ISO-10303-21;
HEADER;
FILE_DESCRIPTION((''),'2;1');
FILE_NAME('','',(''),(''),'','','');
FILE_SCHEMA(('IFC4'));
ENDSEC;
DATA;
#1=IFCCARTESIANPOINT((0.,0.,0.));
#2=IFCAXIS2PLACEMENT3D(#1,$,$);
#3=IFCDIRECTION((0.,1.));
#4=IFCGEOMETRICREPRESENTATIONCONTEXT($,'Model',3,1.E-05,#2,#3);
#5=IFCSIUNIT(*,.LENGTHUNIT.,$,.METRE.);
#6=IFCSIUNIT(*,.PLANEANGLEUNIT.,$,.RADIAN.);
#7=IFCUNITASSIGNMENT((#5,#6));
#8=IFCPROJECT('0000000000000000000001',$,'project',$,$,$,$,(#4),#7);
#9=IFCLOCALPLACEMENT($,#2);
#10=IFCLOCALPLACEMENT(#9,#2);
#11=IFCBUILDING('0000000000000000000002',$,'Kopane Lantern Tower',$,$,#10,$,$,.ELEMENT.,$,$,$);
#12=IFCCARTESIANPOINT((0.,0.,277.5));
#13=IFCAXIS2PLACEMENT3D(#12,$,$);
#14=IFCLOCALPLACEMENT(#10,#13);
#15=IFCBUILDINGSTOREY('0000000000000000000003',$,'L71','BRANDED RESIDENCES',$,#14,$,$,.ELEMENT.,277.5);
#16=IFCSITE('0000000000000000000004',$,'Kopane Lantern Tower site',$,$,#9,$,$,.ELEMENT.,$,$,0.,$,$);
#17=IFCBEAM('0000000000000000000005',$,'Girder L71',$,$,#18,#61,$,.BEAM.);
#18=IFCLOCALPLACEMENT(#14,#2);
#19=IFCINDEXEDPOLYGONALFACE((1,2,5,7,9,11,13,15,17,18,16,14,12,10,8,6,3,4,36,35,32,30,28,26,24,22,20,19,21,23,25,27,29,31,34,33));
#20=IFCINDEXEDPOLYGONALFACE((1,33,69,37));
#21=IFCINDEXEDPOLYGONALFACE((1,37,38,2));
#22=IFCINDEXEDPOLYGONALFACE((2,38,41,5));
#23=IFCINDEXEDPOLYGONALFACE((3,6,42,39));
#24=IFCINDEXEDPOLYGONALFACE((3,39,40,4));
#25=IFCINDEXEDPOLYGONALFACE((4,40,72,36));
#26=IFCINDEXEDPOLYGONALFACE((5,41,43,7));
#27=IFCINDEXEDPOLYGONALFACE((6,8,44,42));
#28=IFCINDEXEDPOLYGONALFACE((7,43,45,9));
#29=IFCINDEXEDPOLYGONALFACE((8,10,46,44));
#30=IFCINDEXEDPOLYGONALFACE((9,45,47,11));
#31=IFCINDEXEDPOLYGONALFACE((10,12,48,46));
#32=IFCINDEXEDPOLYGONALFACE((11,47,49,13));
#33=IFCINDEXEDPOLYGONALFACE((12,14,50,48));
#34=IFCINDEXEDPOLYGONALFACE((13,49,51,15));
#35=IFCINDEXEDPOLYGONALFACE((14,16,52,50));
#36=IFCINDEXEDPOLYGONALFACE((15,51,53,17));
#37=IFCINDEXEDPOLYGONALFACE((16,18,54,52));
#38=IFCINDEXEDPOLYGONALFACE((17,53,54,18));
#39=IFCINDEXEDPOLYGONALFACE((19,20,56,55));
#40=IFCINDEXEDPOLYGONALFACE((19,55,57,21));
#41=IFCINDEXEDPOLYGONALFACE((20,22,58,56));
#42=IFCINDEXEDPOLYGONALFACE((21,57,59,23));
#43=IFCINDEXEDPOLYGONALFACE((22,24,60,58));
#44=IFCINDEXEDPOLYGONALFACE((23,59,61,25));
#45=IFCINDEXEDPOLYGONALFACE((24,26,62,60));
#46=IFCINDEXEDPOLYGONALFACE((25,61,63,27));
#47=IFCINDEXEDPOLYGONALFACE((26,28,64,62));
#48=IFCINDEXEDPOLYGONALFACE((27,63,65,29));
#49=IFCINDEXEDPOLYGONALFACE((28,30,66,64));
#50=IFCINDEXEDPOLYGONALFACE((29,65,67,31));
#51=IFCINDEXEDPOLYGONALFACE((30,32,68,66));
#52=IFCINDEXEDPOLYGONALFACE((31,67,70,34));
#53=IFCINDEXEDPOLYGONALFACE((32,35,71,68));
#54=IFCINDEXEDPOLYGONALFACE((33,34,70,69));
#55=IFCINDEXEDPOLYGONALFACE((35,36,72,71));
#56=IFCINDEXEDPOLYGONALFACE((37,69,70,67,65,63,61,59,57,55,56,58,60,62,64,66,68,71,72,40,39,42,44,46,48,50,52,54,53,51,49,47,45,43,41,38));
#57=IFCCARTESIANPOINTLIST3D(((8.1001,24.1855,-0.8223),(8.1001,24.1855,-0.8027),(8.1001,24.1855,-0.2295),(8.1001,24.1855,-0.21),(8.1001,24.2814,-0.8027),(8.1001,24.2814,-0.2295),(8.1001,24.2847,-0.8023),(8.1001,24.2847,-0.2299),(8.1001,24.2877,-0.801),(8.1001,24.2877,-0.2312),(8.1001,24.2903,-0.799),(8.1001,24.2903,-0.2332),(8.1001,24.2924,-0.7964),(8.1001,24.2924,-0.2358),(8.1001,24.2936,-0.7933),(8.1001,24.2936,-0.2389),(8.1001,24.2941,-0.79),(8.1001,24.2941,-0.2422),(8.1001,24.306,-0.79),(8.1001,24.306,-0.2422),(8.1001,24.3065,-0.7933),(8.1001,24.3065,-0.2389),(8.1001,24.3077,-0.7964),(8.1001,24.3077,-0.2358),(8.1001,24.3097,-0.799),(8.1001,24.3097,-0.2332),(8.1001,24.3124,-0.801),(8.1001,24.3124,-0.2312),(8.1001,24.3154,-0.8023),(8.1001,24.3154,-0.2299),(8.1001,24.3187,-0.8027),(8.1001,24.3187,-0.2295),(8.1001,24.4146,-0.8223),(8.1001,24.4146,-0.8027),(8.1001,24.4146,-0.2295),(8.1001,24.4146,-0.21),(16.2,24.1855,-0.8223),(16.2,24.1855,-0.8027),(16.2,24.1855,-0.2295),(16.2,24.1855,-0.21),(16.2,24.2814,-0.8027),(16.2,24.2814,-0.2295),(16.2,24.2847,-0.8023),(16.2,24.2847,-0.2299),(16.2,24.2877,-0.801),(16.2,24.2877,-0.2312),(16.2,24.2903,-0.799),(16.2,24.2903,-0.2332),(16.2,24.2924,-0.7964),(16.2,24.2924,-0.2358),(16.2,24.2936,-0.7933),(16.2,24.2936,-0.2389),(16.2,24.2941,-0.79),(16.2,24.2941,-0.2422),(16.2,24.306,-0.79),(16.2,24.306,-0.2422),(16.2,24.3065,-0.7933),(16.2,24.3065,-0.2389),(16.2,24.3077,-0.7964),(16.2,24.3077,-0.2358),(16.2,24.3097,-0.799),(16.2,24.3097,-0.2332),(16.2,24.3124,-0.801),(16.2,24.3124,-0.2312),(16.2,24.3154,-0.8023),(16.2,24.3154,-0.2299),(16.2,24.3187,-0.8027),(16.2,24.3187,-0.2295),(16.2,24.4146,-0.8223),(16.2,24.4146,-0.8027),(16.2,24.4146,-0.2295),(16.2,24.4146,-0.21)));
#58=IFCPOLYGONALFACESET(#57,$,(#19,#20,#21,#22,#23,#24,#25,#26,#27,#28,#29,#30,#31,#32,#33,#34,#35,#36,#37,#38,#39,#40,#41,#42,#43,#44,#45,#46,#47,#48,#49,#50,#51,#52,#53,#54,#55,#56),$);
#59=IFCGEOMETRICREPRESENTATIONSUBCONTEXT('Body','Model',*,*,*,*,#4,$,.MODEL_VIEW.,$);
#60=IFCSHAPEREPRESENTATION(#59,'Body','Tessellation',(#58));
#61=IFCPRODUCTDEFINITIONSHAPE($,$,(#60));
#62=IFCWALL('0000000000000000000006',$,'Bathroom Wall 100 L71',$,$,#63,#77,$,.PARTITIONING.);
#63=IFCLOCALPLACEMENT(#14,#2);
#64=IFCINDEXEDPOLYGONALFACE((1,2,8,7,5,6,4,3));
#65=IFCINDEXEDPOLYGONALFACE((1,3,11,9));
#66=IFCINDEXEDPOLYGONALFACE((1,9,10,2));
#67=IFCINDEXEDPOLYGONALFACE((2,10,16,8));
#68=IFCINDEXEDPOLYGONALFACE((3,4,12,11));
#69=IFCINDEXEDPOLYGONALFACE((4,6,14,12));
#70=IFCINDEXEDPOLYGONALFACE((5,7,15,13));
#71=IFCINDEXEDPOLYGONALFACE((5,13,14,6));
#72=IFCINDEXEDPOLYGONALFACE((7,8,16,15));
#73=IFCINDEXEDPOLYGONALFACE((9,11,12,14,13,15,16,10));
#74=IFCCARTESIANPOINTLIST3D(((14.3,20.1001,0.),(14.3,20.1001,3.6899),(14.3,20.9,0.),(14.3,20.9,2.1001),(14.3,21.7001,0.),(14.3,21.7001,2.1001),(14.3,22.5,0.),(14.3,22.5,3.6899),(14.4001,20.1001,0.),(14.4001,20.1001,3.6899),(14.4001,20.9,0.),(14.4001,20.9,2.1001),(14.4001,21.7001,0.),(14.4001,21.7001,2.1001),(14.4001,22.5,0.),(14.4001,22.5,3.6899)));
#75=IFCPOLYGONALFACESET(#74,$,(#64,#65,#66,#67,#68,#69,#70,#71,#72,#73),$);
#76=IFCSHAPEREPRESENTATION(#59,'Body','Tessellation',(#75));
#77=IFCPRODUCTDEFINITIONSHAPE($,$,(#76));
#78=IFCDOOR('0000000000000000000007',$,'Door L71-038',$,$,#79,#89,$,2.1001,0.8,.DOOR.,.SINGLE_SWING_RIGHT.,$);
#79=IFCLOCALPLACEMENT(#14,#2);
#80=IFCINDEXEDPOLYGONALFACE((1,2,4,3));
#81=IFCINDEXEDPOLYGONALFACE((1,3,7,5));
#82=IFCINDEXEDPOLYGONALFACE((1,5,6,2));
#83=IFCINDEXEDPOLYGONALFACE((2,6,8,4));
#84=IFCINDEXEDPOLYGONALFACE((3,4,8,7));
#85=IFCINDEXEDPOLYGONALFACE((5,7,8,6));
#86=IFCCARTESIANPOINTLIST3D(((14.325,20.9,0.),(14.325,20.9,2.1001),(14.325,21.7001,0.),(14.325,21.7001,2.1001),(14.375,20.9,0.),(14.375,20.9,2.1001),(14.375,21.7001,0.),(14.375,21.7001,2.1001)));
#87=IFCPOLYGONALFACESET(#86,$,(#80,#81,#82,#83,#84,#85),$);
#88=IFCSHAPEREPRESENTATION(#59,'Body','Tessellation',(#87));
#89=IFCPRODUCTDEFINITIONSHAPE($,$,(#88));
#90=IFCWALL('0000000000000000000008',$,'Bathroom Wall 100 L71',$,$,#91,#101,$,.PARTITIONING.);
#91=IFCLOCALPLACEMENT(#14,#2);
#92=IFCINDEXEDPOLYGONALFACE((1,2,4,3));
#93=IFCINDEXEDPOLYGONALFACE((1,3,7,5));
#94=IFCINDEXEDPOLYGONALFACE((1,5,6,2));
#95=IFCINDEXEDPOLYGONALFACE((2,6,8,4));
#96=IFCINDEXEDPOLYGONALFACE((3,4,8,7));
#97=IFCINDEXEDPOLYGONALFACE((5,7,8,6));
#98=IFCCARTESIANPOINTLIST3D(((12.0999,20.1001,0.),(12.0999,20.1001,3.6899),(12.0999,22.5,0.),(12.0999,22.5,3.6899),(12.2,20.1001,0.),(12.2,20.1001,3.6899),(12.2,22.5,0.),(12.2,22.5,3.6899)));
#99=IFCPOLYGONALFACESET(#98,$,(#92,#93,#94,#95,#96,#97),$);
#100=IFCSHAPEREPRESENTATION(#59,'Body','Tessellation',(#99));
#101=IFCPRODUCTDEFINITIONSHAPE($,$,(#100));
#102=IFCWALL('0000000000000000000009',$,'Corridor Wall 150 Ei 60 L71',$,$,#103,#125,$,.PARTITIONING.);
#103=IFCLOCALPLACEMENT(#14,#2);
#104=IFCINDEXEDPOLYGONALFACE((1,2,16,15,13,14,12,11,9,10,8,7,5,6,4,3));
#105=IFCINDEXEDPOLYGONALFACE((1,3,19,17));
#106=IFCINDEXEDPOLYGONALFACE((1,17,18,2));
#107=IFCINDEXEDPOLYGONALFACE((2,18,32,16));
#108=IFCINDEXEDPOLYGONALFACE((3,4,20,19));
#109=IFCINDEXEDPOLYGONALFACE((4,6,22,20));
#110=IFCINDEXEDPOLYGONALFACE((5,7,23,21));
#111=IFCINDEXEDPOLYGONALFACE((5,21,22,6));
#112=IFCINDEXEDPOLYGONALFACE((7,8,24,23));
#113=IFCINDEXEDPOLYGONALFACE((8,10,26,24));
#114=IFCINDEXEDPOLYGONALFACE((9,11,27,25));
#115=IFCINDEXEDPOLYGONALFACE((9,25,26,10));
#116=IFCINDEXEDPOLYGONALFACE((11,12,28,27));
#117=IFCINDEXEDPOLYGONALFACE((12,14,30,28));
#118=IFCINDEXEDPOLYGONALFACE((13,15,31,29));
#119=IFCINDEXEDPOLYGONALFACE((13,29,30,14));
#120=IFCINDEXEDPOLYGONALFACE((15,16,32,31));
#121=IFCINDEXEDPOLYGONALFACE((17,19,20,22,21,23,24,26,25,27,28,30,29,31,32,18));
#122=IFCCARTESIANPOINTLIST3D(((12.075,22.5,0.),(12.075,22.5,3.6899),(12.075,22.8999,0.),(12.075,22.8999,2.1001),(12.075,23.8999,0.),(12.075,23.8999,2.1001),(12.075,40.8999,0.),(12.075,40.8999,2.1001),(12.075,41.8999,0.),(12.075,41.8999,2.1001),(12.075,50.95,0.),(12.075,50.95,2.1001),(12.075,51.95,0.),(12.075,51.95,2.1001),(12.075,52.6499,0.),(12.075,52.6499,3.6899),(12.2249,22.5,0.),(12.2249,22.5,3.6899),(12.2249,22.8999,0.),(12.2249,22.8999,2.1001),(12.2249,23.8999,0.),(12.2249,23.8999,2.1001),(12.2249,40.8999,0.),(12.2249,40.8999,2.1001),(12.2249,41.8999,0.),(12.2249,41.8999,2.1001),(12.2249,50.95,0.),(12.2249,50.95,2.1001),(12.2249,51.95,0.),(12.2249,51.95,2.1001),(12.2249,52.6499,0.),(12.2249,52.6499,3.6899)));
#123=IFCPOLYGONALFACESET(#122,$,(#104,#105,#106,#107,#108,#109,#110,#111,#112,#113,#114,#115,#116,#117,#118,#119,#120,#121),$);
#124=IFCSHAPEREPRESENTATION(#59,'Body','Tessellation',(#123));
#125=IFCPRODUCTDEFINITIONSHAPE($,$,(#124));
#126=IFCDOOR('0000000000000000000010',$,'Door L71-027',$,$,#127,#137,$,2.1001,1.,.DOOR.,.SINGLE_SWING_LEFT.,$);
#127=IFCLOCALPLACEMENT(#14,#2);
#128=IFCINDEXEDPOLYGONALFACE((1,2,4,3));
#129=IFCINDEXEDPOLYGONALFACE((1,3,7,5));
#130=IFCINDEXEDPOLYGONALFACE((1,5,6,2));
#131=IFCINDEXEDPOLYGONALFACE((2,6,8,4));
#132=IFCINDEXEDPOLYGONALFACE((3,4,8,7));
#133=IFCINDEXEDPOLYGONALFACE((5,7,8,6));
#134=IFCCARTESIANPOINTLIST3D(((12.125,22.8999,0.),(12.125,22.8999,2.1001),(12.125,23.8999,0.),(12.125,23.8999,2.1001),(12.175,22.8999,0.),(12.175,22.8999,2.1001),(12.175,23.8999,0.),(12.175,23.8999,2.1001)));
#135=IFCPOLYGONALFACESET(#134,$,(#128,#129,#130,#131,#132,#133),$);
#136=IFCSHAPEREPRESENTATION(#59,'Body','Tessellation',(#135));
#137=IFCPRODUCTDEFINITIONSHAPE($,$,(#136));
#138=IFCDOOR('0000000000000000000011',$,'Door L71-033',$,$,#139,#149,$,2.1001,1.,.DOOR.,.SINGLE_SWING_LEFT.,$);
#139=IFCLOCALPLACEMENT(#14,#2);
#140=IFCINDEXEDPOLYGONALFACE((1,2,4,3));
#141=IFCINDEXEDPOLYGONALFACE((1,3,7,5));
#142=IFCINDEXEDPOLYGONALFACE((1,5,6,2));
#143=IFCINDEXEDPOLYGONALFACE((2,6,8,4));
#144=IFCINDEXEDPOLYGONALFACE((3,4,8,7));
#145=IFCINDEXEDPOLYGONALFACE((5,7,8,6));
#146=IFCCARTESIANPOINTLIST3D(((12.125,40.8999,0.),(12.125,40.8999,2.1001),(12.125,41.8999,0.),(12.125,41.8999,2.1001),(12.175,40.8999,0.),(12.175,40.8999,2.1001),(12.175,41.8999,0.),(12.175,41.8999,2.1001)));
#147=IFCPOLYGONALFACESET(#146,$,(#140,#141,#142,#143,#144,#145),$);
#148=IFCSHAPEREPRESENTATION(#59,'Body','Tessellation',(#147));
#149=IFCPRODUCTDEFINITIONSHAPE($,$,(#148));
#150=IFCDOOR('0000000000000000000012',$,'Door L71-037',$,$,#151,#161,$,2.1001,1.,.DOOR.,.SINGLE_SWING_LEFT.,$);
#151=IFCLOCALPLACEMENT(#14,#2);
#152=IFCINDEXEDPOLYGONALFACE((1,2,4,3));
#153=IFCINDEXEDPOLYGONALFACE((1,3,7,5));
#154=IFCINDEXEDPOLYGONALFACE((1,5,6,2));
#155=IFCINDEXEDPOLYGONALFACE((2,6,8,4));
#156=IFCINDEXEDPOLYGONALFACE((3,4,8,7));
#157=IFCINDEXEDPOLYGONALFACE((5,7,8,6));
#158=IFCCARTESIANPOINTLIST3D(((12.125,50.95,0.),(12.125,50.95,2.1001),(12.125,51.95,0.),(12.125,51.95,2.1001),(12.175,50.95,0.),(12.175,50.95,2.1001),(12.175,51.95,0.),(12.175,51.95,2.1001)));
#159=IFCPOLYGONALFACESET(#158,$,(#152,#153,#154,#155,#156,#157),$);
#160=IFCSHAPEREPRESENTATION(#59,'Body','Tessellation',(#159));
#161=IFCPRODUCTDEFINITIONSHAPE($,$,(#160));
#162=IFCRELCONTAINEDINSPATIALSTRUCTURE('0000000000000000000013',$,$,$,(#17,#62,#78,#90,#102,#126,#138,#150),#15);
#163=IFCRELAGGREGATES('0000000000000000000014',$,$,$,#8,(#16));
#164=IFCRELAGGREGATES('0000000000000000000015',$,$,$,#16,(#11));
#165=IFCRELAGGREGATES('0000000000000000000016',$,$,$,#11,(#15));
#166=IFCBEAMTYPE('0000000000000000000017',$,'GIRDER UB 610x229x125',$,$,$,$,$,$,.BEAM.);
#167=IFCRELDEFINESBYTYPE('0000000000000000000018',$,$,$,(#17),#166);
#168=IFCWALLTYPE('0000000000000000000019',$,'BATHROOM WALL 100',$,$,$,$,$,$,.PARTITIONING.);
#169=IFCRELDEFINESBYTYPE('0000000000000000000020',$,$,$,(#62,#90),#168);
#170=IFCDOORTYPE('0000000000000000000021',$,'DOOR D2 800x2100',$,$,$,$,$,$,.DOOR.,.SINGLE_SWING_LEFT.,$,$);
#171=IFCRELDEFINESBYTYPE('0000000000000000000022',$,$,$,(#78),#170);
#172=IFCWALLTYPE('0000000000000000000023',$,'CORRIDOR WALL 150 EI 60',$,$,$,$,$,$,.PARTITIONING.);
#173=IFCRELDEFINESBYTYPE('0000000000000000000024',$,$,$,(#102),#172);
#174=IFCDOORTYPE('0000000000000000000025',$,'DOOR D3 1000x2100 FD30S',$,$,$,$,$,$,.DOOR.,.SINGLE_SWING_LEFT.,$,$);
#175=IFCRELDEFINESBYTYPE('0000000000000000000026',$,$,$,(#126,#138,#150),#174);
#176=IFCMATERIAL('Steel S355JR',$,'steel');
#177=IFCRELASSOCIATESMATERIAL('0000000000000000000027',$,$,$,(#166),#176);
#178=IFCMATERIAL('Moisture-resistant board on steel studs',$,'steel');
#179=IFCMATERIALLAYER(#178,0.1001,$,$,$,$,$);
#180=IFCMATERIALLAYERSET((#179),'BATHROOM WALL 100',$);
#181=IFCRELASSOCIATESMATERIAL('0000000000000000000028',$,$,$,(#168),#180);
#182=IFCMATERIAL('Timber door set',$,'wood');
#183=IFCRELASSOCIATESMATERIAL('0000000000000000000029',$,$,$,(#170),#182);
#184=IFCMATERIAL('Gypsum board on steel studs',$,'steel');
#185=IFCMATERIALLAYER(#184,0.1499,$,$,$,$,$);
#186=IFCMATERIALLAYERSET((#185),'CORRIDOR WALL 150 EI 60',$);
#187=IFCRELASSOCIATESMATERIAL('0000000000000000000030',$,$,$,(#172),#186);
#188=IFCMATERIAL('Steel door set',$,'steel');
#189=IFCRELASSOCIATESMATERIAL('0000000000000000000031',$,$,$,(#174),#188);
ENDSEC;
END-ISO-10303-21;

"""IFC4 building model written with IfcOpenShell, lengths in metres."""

from ifc_helpers import new_model, si_unit, direction, frame, frame_2d, origin, origin_2d, place, context, subcontext, project, spatial, rectangle, i_section, extrude, material, layer, layer_set, material_profile, profile_set, type_object, element, fill, save


model = new_model("IFC4")

# Units and contexts
model_context = context("Model", 3, precision=1e-05, world=origin(), true_north=direction((0.0, 1.0)))
body_context = subcontext(model_context, "Body", "Model", "MODEL_VIEW")
ifc_project = project(units=[si_unit("LENGTHUNIT", "METRE"), si_unit("PLANEANGLEUNIT", "RADIAN")], contexts=[model_context])

# Site, building, storey
site_placement = place(None, origin())
site = spatial("IfcSite", under=ifc_project, at=site_placement, Name="Kopane Lantern Tower site", CompositionType="ELEMENT", RefElevation=0.0)
building_placement = place(site_placement, origin())
building = spatial("IfcBuilding", under=site, at=building_placement, Name="Kopane Lantern Tower", CompositionType="ELEMENT")
storey_placement = place(building_placement, frame((0.0, 0.0, 277.5)))
storey = spatial("IfcBuildingStorey", under=building, at=storey_placement, Name="L71", Description="BRANDED RESIDENCES", CompositionType="ELEMENT", Elevation=277.5)

# Beam
ifc_material_1 = material(Name="Steel S355JR", Category="steel")
ifc_material_profile = material_profile(ifc_material_1, i_section(OverallWidth=0.229, OverallDepth=0.6123, WebThickness=0.012, FlangeThickness=0.0195, FilletRadius=0.0127, at=origin_2d()), Name="UB 610x229x125")
ifc_profile_set = profile_set([ifc_material_profile], Name="Steel S355JR")
beam_type = type_object("IfcBeamType", Name="GIRDER UB 610x229x125", PredefinedType="BEAM", material=ifc_profile_set)
beam_placement = place(storey_placement, frame((8.1001, 24.3, -0.5161), z_axis=(1.0, 0.0, 0.0), x_axis=(0.0, 1.0, 0.0)))
element("IfcBeam", 1, at=beam_placement, inside=storey, type_object=beam_type, Name="Girder L71", PredefinedType="BEAM", context=body_context, shape_type="SweptSolid", body=[
    extrude(i_section(OverallWidth=0.229, OverallDepth=0.6123, WebThickness=0.012, FlangeThickness=0.0195, FilletRadius=0.0127, at=origin_2d()), origin(), (0.0, 0.0, 1.0), 8.0999),
])

# Wall, opening, door
ifc_material_2 = material(Name="Moisture-resistant board on steel studs", Category="steel")
ifc_layer_1 = layer(ifc_material_2, 0.1001)
ifc_layer_set_1 = layer_set([ifc_layer_1], Name="BATHROOM WALL 100")
wall_type_1 = type_object("IfcWallType", Name="BATHROOM WALL 100", PredefinedType="PARTITIONING", material=ifc_layer_set_1)
wall_1_placement = place(storey_placement, frame((14.3501, 22.5, 0.0), z_axis=(0.0, 0.0, 1.0), x_axis=(0.0, -1.0, 0.0)))
wall_1 = element("IfcWall", 2, at=wall_1_placement, inside=storey, type_object=wall_type_1, Name="Bathroom Wall 100 L71", PredefinedType="PARTITIONING", context=body_context, shape_type="SweptSolid", body=[
    extrude(rectangle(XDim=2.3999, YDim=0.1001, at=frame_2d((1.2, 0.0))), origin(), (0.0, 0.0, 1.0), 3.6899),
])
opening_1_placement = place(wall_1_placement, frame((0.8, 0.0, 0.0)))
opening_1 = element("IfcOpeningElement", 3, at=opening_1_placement, cuts=wall_1, PredefinedType="OPENING", context=body_context, shape_type="SweptSolid", body=[
    extrude(rectangle(XDim=0.8, YDim=2.1001, at=frame_2d((0.3999, 1.05))), frame((0.0, 0.0601, 0.0), z_axis=(0.0, -1.0, 0.0), x_axis=(1.0, 0.0, 0.0)), (0.0, 0.0, 1.0), 0.1201),
])
ifc_material_3 = material(Name="Timber door set", Category="wood")
door_type_1 = type_object("IfcDoorType", Name="DOOR D2 800x2100", OperationType="SINGLE_SWING_LEFT", PredefinedType="DOOR", material=ifc_material_3)
door_1_placement = place(opening_1_placement, origin())
door_1 = element("IfcDoor", 4, at=door_1_placement, inside=storey, type_object=door_type_1, Name="Door L71-038", OperationType="SINGLE_SWING_RIGHT", OverallHeight=2.1001, OverallWidth=0.8, PredefinedType="DOOR", context=body_context, shape_type="SweptSolid", body=[
    extrude(rectangle(XDim=0.8, YDim=2.1001, at=frame_2d((0.3999, 1.05))), frame((0.0, 0.0249, 0.0), z_axis=(0.0, -1.0, 0.0), x_axis=(1.0, 0.0, 0.0)), (0.0, 0.0, 1.0), 0.05),
])
fill(opening_1, door_1)

# Wall
wall_2_placement = place(storey_placement, frame((12.1499, 22.5, 0.0), z_axis=(0.0, 0.0, 1.0), x_axis=(0.0, -1.0, 0.0)))
element("IfcWall", 5, at=wall_2_placement, inside=storey, type_object=wall_type_1, Name="Bathroom Wall 100 L71", PredefinedType="PARTITIONING", context=body_context, shape_type="SweptSolid", body=[
    extrude(rectangle(XDim=2.3999, YDim=0.1001, at=frame_2d((1.2, 0.0))), origin(), (0.0, 0.0, 1.0), 3.6899),
])

# Wall, openings, doors
ifc_material_4 = material(Name="Gypsum board on steel studs", Category="steel")
ifc_layer_2 = layer(ifc_material_4, 0.1499)
ifc_layer_set_2 = layer_set([ifc_layer_2], Name="CORRIDOR WALL 150 EI 60")
wall_type_2 = type_object("IfcWallType", Name="CORRIDOR WALL 150 EI 60", PredefinedType="PARTITIONING", material=ifc_layer_set_2)
wall_3_placement = place(storey_placement, frame((12.1499, 22.5, 0.0), z_axis=(0.0, 0.0, 1.0), x_axis=(0.0, 1.0, 0.0)))
wall_3 = element("IfcWall", 6, at=wall_3_placement, inside=storey, type_object=wall_type_2, Name="Corridor Wall 150 Ei 60 L71", PredefinedType="PARTITIONING", context=body_context, shape_type="SweptSolid", body=[
    extrude(rectangle(XDim=30.1499, YDim=0.1499, at=frame_2d((15.075, 0.0))), origin(), (0.0, 0.0, 1.0), 3.6899),
])
opening_2_placement = place(wall_3_placement, frame((0.3999, 0.0, 0.0)))
opening_2 = element("IfcOpeningElement", 7, at=opening_2_placement, cuts=wall_3, PredefinedType="OPENING", context=body_context, shape_type="SweptSolid", body=[
    extrude(rectangle(XDim=1.0, YDim=2.1001, at=frame_2d((0.5, 1.05))), frame((0.0, 0.085, 0.0), z_axis=(0.0, -1.0, 0.0), x_axis=(1.0, 0.0, 0.0)), (0.0, 0.0, 1.0), 0.1699),
])
opening_3_placement = place(wall_3_placement, frame((18.3999, 0.0, 0.0)))
opening_3 = element("IfcOpeningElement", 8, at=opening_3_placement, cuts=wall_3, PredefinedType="OPENING", context=body_context, shape_type="SweptSolid", body=[
    extrude(rectangle(XDim=1.0, YDim=2.1001, at=frame_2d((0.5, 1.05))), frame((0.0, 0.085, 0.0), z_axis=(0.0, -1.0, 0.0), x_axis=(1.0, 0.0, 0.0)), (0.0, 0.0, 1.0), 0.1699),
])
opening_4_placement = place(wall_3_placement, frame((28.45, 0.0, 0.0)))
opening_4 = element("IfcOpeningElement", 9, at=opening_4_placement, cuts=wall_3, PredefinedType="OPENING", context=body_context, shape_type="SweptSolid", body=[
    extrude(rectangle(XDim=1.0, YDim=2.1001, at=frame_2d((0.5, 1.05))), frame((0.0, 0.085, 0.0), z_axis=(0.0, -1.0, 0.0), x_axis=(1.0, 0.0, 0.0)), (0.0, 0.0, 1.0), 0.1699),
])
ifc_material_5 = material(Name="Steel door set", Category="steel")
door_type_2 = type_object("IfcDoorType", Name="DOOR D3 1000x2100 FD30S", OperationType="SINGLE_SWING_LEFT", PredefinedType="DOOR", material=ifc_material_5)
door_2_placement = place(opening_2_placement, origin())
door_2 = element("IfcDoor", 10, at=door_2_placement, inside=storey, type_object=door_type_2, Name="Door L71-027", OperationType="SINGLE_SWING_LEFT", OverallHeight=2.1001, OverallWidth=1.0, PredefinedType="DOOR", context=body_context, shape_type="SweptSolid", body=[
    extrude(rectangle(XDim=1.0, YDim=2.1001, at=frame_2d((0.5, 1.05))), frame((0.0, 0.0249, 0.0), z_axis=(0.0, -1.0, 0.0), x_axis=(1.0, 0.0, 0.0)), (0.0, 0.0, 1.0), 0.05),
])
fill(opening_2, door_2)
door_3_placement = place(opening_3_placement, origin())
door_3 = element("IfcDoor", 11, at=door_3_placement, inside=storey, type_object=door_type_2, Name="Door L71-033", OperationType="SINGLE_SWING_LEFT", OverallHeight=2.1001, OverallWidth=1.0, PredefinedType="DOOR", context=body_context, shape_type="SweptSolid", body=[
    extrude(rectangle(XDim=1.0, YDim=2.1001, at=frame_2d((0.5, 1.05))), frame((0.0, 0.0249, 0.0), z_axis=(0.0, -1.0, 0.0), x_axis=(1.0, 0.0, 0.0)), (0.0, 0.0, 1.0), 0.05),
])
fill(opening_3, door_3)
door_4_placement = place(opening_4_placement, origin())
door_4 = element("IfcDoor", 12, at=door_4_placement, inside=storey, type_object=door_type_2, Name="Door L71-037", OperationType="SINGLE_SWING_LEFT", OverallHeight=2.1001, OverallWidth=1.0, PredefinedType="DOOR", context=body_context, shape_type="SweptSolid", body=[
    extrude(rectangle(XDim=1.0, YDim=2.1001, at=frame_2d((0.5, 1.05))), frame((0.0, 0.0249, 0.0), z_axis=(0.0, -1.0, 0.0), x_axis=(1.0, 0.0, 0.0)), (0.0, 0.0, 1.0), 0.05),
])
fill(opening_4, door_4)

save(model, "model.ifc")
